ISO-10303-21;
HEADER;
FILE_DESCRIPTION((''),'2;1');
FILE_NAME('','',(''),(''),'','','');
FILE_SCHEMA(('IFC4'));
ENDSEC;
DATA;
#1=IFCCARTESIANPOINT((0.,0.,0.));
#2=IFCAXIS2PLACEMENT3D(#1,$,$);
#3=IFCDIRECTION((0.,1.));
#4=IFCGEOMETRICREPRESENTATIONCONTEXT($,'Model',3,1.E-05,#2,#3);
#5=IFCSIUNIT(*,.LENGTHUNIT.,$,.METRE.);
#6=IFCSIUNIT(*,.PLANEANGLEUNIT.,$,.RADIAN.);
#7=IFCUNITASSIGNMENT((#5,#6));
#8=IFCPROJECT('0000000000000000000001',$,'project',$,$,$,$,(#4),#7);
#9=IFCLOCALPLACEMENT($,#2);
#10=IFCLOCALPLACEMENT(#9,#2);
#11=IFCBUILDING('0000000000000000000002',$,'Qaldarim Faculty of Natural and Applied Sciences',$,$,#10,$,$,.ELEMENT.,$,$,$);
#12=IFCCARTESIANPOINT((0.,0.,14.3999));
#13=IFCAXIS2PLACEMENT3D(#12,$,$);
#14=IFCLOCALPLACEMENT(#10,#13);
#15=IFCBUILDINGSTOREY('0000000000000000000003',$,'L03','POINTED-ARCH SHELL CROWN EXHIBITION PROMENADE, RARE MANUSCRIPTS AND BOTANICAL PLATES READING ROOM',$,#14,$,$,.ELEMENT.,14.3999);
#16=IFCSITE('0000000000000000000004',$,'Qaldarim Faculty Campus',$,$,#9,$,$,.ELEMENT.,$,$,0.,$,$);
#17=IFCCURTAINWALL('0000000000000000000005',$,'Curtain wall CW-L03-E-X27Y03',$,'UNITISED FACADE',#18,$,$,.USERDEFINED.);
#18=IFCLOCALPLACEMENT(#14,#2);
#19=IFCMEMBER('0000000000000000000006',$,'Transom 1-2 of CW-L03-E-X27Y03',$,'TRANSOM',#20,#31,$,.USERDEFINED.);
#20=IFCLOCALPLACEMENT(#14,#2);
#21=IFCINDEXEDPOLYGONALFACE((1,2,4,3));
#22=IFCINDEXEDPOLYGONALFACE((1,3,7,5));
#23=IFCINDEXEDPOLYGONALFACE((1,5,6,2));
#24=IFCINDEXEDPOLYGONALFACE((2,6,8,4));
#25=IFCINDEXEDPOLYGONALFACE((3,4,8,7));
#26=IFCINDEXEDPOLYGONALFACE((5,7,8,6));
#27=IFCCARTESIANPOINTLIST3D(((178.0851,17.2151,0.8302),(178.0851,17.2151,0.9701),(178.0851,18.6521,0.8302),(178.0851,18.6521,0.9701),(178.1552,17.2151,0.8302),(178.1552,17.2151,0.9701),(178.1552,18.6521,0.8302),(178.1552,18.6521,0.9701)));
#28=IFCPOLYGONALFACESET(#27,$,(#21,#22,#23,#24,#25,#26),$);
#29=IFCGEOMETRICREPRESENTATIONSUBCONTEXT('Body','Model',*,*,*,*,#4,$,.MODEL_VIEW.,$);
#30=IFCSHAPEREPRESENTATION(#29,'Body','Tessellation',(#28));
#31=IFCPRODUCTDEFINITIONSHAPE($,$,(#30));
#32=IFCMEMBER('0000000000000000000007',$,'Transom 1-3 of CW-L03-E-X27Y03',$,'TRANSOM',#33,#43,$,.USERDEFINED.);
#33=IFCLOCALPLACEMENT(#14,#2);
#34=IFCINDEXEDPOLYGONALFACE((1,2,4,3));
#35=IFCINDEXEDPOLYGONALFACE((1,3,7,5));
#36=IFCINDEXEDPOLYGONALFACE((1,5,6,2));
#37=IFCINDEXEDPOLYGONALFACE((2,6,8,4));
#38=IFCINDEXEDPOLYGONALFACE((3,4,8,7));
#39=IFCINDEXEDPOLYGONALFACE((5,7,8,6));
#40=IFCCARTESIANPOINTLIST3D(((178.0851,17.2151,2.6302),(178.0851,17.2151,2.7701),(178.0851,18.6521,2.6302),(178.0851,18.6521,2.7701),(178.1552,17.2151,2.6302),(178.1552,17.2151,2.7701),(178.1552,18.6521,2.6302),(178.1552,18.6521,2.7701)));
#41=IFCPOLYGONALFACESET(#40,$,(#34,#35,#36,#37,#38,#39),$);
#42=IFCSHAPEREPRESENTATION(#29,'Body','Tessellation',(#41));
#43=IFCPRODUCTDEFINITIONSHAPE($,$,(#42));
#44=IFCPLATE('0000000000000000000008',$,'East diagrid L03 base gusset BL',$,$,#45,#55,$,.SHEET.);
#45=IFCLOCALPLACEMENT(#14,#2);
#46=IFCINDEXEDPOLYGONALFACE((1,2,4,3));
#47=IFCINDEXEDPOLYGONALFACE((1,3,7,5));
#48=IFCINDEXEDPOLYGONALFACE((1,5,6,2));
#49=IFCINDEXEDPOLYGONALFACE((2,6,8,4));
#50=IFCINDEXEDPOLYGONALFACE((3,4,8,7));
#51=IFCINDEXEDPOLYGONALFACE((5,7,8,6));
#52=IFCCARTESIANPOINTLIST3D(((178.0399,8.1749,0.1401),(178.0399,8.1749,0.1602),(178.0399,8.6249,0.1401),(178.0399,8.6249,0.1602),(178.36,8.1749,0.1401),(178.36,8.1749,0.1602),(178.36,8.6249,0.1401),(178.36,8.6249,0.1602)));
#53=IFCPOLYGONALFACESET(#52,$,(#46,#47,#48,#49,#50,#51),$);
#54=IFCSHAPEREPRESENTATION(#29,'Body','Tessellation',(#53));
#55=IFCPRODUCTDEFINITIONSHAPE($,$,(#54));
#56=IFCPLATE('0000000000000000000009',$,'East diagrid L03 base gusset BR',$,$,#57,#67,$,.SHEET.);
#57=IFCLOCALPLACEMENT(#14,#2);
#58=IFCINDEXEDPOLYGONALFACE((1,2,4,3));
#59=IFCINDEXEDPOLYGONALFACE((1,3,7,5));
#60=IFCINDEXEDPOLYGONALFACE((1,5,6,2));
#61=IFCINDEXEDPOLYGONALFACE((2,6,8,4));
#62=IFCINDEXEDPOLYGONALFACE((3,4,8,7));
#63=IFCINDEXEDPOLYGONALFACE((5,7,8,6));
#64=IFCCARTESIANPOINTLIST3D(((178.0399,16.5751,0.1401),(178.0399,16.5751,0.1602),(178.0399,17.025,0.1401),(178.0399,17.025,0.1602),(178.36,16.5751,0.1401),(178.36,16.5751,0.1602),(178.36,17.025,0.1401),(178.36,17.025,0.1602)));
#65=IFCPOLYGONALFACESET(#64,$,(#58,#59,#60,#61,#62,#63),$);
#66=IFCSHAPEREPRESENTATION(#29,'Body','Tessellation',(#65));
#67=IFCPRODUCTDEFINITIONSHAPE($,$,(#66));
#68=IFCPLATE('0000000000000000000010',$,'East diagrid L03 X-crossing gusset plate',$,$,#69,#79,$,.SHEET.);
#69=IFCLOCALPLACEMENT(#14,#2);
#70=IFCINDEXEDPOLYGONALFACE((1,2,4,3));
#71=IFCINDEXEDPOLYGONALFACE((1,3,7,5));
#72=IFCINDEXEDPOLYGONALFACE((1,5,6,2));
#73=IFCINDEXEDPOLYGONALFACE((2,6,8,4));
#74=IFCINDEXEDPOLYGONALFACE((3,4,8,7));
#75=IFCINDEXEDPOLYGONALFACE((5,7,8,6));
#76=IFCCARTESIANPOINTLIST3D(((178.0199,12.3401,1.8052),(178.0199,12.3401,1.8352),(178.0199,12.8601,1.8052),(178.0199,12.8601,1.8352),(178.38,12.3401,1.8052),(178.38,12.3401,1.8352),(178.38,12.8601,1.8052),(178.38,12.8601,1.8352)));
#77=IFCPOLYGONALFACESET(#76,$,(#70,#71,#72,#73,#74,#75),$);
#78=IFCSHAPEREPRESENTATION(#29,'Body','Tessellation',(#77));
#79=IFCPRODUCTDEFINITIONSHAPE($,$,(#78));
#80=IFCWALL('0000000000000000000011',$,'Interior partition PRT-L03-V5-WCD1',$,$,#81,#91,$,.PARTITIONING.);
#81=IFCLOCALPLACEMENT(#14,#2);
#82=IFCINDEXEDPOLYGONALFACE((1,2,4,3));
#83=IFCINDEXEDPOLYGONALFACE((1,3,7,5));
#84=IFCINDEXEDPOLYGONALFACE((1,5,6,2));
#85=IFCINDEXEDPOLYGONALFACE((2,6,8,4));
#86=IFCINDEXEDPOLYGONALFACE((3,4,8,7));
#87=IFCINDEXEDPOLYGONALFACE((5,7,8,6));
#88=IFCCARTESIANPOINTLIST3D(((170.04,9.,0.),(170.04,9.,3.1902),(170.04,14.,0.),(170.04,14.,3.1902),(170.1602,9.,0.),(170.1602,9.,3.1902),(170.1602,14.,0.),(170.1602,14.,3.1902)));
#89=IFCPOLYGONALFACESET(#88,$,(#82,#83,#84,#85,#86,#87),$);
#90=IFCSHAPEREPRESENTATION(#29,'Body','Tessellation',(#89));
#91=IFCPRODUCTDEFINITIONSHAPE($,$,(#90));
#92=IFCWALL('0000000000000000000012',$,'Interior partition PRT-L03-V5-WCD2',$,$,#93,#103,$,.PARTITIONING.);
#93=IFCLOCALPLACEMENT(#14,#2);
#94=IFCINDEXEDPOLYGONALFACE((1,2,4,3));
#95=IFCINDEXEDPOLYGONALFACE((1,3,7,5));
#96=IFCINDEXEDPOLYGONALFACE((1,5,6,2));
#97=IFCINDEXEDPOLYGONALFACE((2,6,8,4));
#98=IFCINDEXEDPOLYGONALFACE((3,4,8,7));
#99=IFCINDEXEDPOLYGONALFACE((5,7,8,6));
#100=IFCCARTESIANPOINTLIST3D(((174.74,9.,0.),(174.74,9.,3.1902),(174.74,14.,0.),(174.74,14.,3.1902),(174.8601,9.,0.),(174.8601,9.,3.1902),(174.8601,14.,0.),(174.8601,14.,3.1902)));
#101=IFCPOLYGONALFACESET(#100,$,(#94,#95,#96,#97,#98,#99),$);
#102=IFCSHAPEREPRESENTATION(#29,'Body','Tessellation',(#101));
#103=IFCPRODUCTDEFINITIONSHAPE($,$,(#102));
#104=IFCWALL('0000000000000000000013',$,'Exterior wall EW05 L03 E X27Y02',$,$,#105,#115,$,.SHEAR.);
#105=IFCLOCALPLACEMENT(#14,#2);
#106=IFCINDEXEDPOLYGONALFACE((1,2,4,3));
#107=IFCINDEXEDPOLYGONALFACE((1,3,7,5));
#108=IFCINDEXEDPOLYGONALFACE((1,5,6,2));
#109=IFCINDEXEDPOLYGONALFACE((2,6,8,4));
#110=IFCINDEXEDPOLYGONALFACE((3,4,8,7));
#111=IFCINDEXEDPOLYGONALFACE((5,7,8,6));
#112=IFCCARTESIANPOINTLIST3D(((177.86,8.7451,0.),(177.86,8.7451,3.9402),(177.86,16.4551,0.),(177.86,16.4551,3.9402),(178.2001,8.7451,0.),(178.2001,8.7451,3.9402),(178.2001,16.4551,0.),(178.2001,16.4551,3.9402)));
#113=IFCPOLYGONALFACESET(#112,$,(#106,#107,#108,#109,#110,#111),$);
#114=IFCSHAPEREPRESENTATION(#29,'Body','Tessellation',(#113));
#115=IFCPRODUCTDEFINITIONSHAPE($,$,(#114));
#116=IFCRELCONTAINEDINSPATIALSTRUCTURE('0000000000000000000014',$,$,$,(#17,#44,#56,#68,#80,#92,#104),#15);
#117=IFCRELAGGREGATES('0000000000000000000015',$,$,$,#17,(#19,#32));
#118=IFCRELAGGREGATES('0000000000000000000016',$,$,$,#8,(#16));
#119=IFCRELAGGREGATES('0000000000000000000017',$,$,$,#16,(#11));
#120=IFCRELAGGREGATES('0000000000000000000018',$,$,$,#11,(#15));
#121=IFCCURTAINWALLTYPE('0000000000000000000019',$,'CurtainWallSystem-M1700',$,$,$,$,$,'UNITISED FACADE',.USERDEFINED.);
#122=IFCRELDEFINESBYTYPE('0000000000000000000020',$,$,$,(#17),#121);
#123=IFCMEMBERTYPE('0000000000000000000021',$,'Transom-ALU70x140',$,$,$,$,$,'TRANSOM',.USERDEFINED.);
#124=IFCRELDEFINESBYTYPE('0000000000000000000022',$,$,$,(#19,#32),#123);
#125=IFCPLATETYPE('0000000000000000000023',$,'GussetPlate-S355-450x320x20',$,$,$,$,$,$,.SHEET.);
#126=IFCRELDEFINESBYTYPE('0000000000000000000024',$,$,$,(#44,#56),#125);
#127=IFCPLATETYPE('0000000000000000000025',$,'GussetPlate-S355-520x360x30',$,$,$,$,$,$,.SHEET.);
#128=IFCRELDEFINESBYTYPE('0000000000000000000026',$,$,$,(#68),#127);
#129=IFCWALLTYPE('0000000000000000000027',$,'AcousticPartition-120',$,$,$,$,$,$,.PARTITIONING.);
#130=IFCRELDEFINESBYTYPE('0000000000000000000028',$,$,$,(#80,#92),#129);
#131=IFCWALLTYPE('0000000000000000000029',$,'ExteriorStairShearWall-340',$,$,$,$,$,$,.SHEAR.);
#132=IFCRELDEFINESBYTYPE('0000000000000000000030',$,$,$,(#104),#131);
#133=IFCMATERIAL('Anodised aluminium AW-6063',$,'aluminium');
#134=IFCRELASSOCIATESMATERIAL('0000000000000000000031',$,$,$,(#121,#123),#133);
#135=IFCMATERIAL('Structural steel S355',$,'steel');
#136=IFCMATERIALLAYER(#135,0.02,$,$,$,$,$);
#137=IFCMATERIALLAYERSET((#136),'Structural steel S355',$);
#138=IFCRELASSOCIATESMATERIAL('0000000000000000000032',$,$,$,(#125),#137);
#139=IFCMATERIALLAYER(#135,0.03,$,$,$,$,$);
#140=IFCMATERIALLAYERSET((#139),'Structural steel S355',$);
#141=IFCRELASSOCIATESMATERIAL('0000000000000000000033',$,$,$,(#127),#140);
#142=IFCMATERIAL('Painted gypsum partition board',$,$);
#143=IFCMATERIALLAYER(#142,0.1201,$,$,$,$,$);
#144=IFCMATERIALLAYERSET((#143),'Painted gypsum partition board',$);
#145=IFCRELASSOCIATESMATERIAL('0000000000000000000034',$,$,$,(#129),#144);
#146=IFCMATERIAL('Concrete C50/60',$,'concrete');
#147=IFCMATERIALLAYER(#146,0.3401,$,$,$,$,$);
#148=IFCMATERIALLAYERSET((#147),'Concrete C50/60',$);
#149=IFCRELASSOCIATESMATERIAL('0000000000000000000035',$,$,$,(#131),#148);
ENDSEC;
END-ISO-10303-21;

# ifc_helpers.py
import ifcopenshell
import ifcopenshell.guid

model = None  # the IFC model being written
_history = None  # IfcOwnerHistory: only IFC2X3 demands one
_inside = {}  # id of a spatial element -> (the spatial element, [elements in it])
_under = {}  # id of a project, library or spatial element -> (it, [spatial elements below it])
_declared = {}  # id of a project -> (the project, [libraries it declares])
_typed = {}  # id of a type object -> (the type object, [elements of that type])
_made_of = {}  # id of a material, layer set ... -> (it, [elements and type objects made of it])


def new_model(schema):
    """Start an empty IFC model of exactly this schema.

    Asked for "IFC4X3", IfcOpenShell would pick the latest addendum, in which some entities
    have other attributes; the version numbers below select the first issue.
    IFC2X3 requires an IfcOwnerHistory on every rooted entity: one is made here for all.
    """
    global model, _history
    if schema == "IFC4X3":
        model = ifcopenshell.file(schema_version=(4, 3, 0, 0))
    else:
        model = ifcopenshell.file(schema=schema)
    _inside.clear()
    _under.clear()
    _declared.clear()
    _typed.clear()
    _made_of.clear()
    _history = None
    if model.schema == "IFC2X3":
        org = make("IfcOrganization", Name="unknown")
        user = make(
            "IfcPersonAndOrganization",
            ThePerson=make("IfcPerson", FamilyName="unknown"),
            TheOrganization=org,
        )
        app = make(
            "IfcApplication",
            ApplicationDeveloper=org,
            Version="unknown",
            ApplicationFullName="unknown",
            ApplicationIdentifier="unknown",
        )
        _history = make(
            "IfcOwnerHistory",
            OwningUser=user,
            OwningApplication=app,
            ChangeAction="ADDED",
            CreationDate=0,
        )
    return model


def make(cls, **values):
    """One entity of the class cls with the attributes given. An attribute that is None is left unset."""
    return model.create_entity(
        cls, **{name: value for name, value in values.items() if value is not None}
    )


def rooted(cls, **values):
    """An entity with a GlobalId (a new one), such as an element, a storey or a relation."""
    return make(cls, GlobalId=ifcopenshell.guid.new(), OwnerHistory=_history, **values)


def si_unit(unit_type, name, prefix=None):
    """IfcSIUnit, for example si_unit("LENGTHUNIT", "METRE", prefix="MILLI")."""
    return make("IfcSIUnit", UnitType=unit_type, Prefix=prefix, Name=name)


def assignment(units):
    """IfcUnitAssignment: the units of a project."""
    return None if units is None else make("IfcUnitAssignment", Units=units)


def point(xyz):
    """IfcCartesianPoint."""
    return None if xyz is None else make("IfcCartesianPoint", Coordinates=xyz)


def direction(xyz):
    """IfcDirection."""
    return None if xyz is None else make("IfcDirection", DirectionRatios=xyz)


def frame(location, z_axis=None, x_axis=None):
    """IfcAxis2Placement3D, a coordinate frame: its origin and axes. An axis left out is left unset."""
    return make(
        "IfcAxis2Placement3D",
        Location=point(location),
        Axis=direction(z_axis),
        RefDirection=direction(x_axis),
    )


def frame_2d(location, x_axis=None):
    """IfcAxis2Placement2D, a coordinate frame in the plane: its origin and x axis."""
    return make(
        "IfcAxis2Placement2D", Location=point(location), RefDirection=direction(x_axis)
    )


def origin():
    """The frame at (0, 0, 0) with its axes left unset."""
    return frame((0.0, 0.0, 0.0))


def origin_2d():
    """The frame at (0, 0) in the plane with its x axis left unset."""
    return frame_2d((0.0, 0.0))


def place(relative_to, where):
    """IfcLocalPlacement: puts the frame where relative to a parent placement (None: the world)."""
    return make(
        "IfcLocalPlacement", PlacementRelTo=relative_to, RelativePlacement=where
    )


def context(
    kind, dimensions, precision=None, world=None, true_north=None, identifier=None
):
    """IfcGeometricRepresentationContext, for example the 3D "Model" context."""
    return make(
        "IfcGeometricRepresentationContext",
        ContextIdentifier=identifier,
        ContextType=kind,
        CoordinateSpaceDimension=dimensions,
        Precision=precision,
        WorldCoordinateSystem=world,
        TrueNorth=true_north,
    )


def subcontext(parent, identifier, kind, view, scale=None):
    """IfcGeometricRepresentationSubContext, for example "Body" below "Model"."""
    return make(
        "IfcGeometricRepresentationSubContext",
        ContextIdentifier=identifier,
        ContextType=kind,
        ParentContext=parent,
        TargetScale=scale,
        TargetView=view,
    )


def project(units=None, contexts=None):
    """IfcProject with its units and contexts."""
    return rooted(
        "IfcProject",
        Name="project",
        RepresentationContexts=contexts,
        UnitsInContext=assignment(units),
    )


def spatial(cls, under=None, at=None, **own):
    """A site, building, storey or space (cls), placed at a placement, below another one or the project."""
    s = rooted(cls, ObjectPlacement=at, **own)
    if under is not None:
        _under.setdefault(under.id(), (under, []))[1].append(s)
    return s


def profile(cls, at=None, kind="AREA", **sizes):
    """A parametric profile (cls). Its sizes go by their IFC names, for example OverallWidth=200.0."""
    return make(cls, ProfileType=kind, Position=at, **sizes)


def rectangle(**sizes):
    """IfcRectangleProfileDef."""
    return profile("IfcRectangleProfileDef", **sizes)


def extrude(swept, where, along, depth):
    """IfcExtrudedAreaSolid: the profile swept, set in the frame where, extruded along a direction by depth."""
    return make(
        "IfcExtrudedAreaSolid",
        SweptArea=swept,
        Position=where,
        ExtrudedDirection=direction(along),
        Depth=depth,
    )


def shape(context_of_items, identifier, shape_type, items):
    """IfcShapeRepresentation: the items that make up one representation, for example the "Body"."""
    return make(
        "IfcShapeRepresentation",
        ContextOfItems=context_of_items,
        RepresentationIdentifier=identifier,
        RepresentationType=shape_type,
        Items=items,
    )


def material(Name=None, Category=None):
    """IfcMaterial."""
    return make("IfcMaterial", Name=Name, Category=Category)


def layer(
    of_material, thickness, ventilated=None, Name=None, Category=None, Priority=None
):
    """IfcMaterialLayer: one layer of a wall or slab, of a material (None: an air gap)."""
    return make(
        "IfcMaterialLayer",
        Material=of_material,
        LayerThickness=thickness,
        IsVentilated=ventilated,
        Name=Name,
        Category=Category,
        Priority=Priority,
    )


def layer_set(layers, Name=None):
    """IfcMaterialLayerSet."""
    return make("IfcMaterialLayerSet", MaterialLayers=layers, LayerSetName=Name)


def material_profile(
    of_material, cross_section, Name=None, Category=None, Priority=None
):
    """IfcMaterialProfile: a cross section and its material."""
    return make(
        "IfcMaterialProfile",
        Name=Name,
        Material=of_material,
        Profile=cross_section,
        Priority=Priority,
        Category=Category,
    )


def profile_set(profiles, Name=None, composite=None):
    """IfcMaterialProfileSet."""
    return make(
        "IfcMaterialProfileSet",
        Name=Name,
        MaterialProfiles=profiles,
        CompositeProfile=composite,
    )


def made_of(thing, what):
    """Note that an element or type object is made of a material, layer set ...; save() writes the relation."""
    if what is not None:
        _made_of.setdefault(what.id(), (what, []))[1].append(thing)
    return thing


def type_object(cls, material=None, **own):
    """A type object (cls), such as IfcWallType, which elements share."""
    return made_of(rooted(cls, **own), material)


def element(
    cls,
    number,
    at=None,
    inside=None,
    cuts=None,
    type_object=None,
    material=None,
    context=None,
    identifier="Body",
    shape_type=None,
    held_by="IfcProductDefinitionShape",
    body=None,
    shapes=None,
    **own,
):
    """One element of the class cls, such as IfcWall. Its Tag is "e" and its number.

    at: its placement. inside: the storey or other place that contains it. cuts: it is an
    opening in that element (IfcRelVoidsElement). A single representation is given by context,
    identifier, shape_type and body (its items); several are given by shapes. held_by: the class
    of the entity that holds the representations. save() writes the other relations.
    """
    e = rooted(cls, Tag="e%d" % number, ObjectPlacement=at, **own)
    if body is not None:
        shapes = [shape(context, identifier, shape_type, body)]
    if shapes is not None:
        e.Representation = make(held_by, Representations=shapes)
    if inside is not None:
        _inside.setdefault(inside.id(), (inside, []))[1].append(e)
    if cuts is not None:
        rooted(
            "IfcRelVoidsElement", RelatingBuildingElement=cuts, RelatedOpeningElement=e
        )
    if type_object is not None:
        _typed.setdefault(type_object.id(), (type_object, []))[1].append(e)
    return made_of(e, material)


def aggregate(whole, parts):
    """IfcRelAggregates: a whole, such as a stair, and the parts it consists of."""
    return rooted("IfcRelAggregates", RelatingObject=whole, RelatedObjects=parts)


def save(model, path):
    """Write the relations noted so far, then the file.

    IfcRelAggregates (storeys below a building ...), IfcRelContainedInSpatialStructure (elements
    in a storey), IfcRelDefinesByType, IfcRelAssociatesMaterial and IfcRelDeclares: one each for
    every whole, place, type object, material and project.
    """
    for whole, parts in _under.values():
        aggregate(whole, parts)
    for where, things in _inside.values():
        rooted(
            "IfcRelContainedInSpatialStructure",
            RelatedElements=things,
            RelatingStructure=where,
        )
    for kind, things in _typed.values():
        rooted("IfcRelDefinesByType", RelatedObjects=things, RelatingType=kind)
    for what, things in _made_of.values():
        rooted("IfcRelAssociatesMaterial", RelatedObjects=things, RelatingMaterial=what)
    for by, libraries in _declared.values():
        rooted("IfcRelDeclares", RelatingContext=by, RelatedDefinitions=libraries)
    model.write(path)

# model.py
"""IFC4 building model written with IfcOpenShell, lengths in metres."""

from ifc_helpers import new_model, si_unit, direction, frame, frame_2d, origin, origin_2d, place, context, subcontext, project, spatial, rectangle, extrude, material, layer, layer_set, material_profile, profile_set, type_object, element, aggregate, save


model = new_model("IFC4")

# Units and contexts
model_context = context("Model", 3, precision=1e-05, world=origin(), true_north=direction((0.0, 1.0)))
body_context = subcontext(model_context, "Body", "Model", "MODEL_VIEW")
ifc_project = project(units=[si_unit("LENGTHUNIT", "METRE"), si_unit("PLANEANGLEUNIT", "RADIAN")], contexts=[model_context])

# Site, building, storey
site_placement = place(None, origin())
site = spatial("IfcSite", under=ifc_project, at=site_placement, Name="Qaldarim Faculty Campus", CompositionType="ELEMENT", RefElevation=0.0)
building_placement = place(site_placement, origin())
building = spatial("IfcBuilding", under=site, at=building_placement, Name="Qaldarim Faculty of Natural and Applied Sciences", CompositionType="ELEMENT")
storey_placement = place(building_placement, frame((0.0, 0.0, 14.3999)))
storey = spatial("IfcBuildingStorey", under=building, at=storey_placement, Name="L03", Description="POINTED-ARCH SHELL CROWN EXHIBITION PROMENADE, RARE MANUSCRIPTS AND BOTANICAL PLATES READING ROOM", CompositionType="ELEMENT", Elevation=14.3999)

# Shared definitions
ifc_material_1 = material(Name="Concrete C50/60", Category="concrete")

# Shared definitions
ifc_material_2 = material(Name="Structural steel S355", Category="steel")

# Curtain wall
ifc_material_3 = material(Name="Anodised aluminium AW-6063", Category="aluminium")
curtain_wall_type = type_object("IfcCurtainWallType", Name="CurtainWallSystem-M1700", ElementType="UNITISED FACADE", PredefinedType="USERDEFINED", material=ifc_material_3)
curtain_wall_placement = place(storey_placement, origin())
curtain_wall = element("IfcCurtainWall", 1, at=curtain_wall_placement, inside=storey, type_object=curtain_wall_type, Name="Curtain wall CW-L03-E-X27Y03", ObjectType="UNITISED FACADE", PredefinedType="USERDEFINED")

# Members
ifc_material_profile_1 = material_profile(ifc_material_3, rectangle(XDim=0.0701, YDim=0.1399, at=origin_2d()), Name="ALU-T70x140")
ifc_profile_set_1 = profile_set([ifc_material_profile_1], Name="Anodised aluminium AW-6063")
member_type_1 = type_object("IfcMemberType", Name="Transom-ALU70x140", ElementType="TRANSOM", PredefinedType="USERDEFINED", material=ifc_profile_set_1)
member_1_placement = place(storey_placement, frame((178.1201, 17.2151, 0.9001), z_axis=(0.0, 1.0, 0.0), x_axis=(-1.0, 0.0, 0.0)))
member_1 = element("IfcMember", 2, at=member_1_placement, type_object=member_type_1, Name="Transom 1-2 of CW-L03-E-X27Y03", ObjectType="TRANSOM", PredefinedType="USERDEFINED", context=body_context, shape_type="SweptSolid", body=[
    extrude(rectangle(XDim=0.0701, YDim=0.1399, at=origin_2d()), origin(), (0.0, 0.0, 1.0), 1.437),
])
member_2_placement = place(storey_placement, frame((178.1201, 17.2151, 2.7002), z_axis=(0.0, 1.0, 0.0), x_axis=(-1.0, 0.0, 0.0)))
member_2 = element("IfcMember", 3, at=member_2_placement, type_object=member_type_1, Name="Transom 1-3 of CW-L03-E-X27Y03", ObjectType="TRANSOM", PredefinedType="USERDEFINED", context=body_context, shape_type="SweptSolid", body=[
    extrude(rectangle(XDim=0.0701, YDim=0.1399, at=origin_2d()), origin(), (0.0, 0.0, 1.0), 1.437),
])
aggregate(curtain_wall, [member_1, member_2])

# Plates
ifc_layer_1 = layer(ifc_material_2, 0.02)
ifc_layer_set_1 = layer_set([ifc_layer_1], Name="Structural steel S355")
plate_type_1 = type_object("IfcPlateType", Name="GussetPlate-S355-450x320x20", PredefinedType="SHEET", material=ifc_layer_set_1)
for number, where, z_axis, x_axis, name in (
    (4, (178.2, 8.3999, 0.1401), (0.0, 0.0, 1.0), (0.0, 1.0, 0.0), "East diagrid L03 base gusset BL"),
    (5, (178.2, 16.8, 0.1401), (0.0, 0.0, 1.0), (0.0, 1.0, 0.0), "East diagrid L03 base gusset BR"),
):
    element("IfcPlate", number, at=place(storey_placement, frame(where, z_axis=z_axis, x_axis=x_axis)), inside=storey, type_object=plate_type_1, Name=name, PredefinedType="SHEET", context=body_context, shape_type="SweptSolid", body=[
        extrude(rectangle(XDim=0.45, YDim=0.3201, at=origin_2d()), origin(), (0.0, 0.0, 1.0), 0.02),
    ])
ifc_layer_2 = layer(ifc_material_2, 0.03)
ifc_layer_set_2 = layer_set([ifc_layer_2], Name="Structural steel S355")
plate_type_2 = type_object("IfcPlateType", Name="GussetPlate-S355-520x360x30", PredefinedType="SHEET", material=ifc_layer_set_2)
plate_placement = place(storey_placement, frame((178.2, 12.6001, 1.8052), z_axis=(0.0, 0.0, 1.0), x_axis=(0.0, 1.0, 0.0)))
element("IfcPlate", 6, at=plate_placement, inside=storey, type_object=plate_type_2, Name="East diagrid L03 X-crossing gusset plate", PredefinedType="SHEET", context=body_context, shape_type="SweptSolid", body=[
    extrude(rectangle(XDim=0.52, YDim=0.3601, at=origin_2d()), origin(), (0.0, 0.0, 1.0), 0.03),
])

# Walls
ifc_material_4 = material(Name="Painted gypsum partition board")
ifc_layer_3 = layer(ifc_material_4, 0.1201)
ifc_layer_set_3 = layer_set([ifc_layer_3], Name="Painted gypsum partition board")
wall_type_1 = type_object("IfcWallType", Name="AcousticPartition-120", PredefinedType="PARTITIONING", material=ifc_layer_set_3)
for number, where, z_axis, x_axis, name in (
    (7, (170.1001, 9.0, 0.0), (0.0, 0.0, 1.0), (0.0, 1.0, 0.0), "Interior partition PRT-L03-V5-WCD1"),
    (8, (174.8, 9.0, 0.0), (0.0, 0.0, 1.0), (0.0, 1.0, 0.0), "Interior partition PRT-L03-V5-WCD2"),
):
    element("IfcWall", number, at=place(storey_placement, frame(where, z_axis=z_axis, x_axis=x_axis)), inside=storey, type_object=wall_type_1, Name=name, PredefinedType="PARTITIONING", context=body_context, shape_type="SweptSolid", body=[
        extrude(rectangle(XDim=5.0, YDim=0.1201, at=frame_2d((2.5, 0.0))), origin(), (0.0, 0.0, 1.0), 3.1902),
    ])
ifc_layer_4 = layer(ifc_material_1, 0.3401)
ifc_layer_set_4 = layer_set([ifc_layer_4], Name="Concrete C50/60")
wall_type_2 = type_object("IfcWallType", Name="ExteriorStairShearWall-340", PredefinedType="SHEAR", material=ifc_layer_set_4)
wall_placement = place(storey_placement, frame((178.03, 8.7451, 0.0), z_axis=(0.0, 0.0, 1.0), x_axis=(0.0, 1.0, 0.0)))
element("IfcWall", 9, at=wall_placement, inside=storey, type_object=wall_type_2, Name="Exterior wall EW05 L03 E X27Y02", PredefinedType="SHEAR", context=body_context, shape_type="SweptSolid", body=[
    extrude(rectangle(XDim=7.71, YDim=0.3401, at=frame_2d((3.855, 0.0))), origin(), (0.0, 0.0, 1.0), 3.9402),
])

save(model, "model.ifc")
